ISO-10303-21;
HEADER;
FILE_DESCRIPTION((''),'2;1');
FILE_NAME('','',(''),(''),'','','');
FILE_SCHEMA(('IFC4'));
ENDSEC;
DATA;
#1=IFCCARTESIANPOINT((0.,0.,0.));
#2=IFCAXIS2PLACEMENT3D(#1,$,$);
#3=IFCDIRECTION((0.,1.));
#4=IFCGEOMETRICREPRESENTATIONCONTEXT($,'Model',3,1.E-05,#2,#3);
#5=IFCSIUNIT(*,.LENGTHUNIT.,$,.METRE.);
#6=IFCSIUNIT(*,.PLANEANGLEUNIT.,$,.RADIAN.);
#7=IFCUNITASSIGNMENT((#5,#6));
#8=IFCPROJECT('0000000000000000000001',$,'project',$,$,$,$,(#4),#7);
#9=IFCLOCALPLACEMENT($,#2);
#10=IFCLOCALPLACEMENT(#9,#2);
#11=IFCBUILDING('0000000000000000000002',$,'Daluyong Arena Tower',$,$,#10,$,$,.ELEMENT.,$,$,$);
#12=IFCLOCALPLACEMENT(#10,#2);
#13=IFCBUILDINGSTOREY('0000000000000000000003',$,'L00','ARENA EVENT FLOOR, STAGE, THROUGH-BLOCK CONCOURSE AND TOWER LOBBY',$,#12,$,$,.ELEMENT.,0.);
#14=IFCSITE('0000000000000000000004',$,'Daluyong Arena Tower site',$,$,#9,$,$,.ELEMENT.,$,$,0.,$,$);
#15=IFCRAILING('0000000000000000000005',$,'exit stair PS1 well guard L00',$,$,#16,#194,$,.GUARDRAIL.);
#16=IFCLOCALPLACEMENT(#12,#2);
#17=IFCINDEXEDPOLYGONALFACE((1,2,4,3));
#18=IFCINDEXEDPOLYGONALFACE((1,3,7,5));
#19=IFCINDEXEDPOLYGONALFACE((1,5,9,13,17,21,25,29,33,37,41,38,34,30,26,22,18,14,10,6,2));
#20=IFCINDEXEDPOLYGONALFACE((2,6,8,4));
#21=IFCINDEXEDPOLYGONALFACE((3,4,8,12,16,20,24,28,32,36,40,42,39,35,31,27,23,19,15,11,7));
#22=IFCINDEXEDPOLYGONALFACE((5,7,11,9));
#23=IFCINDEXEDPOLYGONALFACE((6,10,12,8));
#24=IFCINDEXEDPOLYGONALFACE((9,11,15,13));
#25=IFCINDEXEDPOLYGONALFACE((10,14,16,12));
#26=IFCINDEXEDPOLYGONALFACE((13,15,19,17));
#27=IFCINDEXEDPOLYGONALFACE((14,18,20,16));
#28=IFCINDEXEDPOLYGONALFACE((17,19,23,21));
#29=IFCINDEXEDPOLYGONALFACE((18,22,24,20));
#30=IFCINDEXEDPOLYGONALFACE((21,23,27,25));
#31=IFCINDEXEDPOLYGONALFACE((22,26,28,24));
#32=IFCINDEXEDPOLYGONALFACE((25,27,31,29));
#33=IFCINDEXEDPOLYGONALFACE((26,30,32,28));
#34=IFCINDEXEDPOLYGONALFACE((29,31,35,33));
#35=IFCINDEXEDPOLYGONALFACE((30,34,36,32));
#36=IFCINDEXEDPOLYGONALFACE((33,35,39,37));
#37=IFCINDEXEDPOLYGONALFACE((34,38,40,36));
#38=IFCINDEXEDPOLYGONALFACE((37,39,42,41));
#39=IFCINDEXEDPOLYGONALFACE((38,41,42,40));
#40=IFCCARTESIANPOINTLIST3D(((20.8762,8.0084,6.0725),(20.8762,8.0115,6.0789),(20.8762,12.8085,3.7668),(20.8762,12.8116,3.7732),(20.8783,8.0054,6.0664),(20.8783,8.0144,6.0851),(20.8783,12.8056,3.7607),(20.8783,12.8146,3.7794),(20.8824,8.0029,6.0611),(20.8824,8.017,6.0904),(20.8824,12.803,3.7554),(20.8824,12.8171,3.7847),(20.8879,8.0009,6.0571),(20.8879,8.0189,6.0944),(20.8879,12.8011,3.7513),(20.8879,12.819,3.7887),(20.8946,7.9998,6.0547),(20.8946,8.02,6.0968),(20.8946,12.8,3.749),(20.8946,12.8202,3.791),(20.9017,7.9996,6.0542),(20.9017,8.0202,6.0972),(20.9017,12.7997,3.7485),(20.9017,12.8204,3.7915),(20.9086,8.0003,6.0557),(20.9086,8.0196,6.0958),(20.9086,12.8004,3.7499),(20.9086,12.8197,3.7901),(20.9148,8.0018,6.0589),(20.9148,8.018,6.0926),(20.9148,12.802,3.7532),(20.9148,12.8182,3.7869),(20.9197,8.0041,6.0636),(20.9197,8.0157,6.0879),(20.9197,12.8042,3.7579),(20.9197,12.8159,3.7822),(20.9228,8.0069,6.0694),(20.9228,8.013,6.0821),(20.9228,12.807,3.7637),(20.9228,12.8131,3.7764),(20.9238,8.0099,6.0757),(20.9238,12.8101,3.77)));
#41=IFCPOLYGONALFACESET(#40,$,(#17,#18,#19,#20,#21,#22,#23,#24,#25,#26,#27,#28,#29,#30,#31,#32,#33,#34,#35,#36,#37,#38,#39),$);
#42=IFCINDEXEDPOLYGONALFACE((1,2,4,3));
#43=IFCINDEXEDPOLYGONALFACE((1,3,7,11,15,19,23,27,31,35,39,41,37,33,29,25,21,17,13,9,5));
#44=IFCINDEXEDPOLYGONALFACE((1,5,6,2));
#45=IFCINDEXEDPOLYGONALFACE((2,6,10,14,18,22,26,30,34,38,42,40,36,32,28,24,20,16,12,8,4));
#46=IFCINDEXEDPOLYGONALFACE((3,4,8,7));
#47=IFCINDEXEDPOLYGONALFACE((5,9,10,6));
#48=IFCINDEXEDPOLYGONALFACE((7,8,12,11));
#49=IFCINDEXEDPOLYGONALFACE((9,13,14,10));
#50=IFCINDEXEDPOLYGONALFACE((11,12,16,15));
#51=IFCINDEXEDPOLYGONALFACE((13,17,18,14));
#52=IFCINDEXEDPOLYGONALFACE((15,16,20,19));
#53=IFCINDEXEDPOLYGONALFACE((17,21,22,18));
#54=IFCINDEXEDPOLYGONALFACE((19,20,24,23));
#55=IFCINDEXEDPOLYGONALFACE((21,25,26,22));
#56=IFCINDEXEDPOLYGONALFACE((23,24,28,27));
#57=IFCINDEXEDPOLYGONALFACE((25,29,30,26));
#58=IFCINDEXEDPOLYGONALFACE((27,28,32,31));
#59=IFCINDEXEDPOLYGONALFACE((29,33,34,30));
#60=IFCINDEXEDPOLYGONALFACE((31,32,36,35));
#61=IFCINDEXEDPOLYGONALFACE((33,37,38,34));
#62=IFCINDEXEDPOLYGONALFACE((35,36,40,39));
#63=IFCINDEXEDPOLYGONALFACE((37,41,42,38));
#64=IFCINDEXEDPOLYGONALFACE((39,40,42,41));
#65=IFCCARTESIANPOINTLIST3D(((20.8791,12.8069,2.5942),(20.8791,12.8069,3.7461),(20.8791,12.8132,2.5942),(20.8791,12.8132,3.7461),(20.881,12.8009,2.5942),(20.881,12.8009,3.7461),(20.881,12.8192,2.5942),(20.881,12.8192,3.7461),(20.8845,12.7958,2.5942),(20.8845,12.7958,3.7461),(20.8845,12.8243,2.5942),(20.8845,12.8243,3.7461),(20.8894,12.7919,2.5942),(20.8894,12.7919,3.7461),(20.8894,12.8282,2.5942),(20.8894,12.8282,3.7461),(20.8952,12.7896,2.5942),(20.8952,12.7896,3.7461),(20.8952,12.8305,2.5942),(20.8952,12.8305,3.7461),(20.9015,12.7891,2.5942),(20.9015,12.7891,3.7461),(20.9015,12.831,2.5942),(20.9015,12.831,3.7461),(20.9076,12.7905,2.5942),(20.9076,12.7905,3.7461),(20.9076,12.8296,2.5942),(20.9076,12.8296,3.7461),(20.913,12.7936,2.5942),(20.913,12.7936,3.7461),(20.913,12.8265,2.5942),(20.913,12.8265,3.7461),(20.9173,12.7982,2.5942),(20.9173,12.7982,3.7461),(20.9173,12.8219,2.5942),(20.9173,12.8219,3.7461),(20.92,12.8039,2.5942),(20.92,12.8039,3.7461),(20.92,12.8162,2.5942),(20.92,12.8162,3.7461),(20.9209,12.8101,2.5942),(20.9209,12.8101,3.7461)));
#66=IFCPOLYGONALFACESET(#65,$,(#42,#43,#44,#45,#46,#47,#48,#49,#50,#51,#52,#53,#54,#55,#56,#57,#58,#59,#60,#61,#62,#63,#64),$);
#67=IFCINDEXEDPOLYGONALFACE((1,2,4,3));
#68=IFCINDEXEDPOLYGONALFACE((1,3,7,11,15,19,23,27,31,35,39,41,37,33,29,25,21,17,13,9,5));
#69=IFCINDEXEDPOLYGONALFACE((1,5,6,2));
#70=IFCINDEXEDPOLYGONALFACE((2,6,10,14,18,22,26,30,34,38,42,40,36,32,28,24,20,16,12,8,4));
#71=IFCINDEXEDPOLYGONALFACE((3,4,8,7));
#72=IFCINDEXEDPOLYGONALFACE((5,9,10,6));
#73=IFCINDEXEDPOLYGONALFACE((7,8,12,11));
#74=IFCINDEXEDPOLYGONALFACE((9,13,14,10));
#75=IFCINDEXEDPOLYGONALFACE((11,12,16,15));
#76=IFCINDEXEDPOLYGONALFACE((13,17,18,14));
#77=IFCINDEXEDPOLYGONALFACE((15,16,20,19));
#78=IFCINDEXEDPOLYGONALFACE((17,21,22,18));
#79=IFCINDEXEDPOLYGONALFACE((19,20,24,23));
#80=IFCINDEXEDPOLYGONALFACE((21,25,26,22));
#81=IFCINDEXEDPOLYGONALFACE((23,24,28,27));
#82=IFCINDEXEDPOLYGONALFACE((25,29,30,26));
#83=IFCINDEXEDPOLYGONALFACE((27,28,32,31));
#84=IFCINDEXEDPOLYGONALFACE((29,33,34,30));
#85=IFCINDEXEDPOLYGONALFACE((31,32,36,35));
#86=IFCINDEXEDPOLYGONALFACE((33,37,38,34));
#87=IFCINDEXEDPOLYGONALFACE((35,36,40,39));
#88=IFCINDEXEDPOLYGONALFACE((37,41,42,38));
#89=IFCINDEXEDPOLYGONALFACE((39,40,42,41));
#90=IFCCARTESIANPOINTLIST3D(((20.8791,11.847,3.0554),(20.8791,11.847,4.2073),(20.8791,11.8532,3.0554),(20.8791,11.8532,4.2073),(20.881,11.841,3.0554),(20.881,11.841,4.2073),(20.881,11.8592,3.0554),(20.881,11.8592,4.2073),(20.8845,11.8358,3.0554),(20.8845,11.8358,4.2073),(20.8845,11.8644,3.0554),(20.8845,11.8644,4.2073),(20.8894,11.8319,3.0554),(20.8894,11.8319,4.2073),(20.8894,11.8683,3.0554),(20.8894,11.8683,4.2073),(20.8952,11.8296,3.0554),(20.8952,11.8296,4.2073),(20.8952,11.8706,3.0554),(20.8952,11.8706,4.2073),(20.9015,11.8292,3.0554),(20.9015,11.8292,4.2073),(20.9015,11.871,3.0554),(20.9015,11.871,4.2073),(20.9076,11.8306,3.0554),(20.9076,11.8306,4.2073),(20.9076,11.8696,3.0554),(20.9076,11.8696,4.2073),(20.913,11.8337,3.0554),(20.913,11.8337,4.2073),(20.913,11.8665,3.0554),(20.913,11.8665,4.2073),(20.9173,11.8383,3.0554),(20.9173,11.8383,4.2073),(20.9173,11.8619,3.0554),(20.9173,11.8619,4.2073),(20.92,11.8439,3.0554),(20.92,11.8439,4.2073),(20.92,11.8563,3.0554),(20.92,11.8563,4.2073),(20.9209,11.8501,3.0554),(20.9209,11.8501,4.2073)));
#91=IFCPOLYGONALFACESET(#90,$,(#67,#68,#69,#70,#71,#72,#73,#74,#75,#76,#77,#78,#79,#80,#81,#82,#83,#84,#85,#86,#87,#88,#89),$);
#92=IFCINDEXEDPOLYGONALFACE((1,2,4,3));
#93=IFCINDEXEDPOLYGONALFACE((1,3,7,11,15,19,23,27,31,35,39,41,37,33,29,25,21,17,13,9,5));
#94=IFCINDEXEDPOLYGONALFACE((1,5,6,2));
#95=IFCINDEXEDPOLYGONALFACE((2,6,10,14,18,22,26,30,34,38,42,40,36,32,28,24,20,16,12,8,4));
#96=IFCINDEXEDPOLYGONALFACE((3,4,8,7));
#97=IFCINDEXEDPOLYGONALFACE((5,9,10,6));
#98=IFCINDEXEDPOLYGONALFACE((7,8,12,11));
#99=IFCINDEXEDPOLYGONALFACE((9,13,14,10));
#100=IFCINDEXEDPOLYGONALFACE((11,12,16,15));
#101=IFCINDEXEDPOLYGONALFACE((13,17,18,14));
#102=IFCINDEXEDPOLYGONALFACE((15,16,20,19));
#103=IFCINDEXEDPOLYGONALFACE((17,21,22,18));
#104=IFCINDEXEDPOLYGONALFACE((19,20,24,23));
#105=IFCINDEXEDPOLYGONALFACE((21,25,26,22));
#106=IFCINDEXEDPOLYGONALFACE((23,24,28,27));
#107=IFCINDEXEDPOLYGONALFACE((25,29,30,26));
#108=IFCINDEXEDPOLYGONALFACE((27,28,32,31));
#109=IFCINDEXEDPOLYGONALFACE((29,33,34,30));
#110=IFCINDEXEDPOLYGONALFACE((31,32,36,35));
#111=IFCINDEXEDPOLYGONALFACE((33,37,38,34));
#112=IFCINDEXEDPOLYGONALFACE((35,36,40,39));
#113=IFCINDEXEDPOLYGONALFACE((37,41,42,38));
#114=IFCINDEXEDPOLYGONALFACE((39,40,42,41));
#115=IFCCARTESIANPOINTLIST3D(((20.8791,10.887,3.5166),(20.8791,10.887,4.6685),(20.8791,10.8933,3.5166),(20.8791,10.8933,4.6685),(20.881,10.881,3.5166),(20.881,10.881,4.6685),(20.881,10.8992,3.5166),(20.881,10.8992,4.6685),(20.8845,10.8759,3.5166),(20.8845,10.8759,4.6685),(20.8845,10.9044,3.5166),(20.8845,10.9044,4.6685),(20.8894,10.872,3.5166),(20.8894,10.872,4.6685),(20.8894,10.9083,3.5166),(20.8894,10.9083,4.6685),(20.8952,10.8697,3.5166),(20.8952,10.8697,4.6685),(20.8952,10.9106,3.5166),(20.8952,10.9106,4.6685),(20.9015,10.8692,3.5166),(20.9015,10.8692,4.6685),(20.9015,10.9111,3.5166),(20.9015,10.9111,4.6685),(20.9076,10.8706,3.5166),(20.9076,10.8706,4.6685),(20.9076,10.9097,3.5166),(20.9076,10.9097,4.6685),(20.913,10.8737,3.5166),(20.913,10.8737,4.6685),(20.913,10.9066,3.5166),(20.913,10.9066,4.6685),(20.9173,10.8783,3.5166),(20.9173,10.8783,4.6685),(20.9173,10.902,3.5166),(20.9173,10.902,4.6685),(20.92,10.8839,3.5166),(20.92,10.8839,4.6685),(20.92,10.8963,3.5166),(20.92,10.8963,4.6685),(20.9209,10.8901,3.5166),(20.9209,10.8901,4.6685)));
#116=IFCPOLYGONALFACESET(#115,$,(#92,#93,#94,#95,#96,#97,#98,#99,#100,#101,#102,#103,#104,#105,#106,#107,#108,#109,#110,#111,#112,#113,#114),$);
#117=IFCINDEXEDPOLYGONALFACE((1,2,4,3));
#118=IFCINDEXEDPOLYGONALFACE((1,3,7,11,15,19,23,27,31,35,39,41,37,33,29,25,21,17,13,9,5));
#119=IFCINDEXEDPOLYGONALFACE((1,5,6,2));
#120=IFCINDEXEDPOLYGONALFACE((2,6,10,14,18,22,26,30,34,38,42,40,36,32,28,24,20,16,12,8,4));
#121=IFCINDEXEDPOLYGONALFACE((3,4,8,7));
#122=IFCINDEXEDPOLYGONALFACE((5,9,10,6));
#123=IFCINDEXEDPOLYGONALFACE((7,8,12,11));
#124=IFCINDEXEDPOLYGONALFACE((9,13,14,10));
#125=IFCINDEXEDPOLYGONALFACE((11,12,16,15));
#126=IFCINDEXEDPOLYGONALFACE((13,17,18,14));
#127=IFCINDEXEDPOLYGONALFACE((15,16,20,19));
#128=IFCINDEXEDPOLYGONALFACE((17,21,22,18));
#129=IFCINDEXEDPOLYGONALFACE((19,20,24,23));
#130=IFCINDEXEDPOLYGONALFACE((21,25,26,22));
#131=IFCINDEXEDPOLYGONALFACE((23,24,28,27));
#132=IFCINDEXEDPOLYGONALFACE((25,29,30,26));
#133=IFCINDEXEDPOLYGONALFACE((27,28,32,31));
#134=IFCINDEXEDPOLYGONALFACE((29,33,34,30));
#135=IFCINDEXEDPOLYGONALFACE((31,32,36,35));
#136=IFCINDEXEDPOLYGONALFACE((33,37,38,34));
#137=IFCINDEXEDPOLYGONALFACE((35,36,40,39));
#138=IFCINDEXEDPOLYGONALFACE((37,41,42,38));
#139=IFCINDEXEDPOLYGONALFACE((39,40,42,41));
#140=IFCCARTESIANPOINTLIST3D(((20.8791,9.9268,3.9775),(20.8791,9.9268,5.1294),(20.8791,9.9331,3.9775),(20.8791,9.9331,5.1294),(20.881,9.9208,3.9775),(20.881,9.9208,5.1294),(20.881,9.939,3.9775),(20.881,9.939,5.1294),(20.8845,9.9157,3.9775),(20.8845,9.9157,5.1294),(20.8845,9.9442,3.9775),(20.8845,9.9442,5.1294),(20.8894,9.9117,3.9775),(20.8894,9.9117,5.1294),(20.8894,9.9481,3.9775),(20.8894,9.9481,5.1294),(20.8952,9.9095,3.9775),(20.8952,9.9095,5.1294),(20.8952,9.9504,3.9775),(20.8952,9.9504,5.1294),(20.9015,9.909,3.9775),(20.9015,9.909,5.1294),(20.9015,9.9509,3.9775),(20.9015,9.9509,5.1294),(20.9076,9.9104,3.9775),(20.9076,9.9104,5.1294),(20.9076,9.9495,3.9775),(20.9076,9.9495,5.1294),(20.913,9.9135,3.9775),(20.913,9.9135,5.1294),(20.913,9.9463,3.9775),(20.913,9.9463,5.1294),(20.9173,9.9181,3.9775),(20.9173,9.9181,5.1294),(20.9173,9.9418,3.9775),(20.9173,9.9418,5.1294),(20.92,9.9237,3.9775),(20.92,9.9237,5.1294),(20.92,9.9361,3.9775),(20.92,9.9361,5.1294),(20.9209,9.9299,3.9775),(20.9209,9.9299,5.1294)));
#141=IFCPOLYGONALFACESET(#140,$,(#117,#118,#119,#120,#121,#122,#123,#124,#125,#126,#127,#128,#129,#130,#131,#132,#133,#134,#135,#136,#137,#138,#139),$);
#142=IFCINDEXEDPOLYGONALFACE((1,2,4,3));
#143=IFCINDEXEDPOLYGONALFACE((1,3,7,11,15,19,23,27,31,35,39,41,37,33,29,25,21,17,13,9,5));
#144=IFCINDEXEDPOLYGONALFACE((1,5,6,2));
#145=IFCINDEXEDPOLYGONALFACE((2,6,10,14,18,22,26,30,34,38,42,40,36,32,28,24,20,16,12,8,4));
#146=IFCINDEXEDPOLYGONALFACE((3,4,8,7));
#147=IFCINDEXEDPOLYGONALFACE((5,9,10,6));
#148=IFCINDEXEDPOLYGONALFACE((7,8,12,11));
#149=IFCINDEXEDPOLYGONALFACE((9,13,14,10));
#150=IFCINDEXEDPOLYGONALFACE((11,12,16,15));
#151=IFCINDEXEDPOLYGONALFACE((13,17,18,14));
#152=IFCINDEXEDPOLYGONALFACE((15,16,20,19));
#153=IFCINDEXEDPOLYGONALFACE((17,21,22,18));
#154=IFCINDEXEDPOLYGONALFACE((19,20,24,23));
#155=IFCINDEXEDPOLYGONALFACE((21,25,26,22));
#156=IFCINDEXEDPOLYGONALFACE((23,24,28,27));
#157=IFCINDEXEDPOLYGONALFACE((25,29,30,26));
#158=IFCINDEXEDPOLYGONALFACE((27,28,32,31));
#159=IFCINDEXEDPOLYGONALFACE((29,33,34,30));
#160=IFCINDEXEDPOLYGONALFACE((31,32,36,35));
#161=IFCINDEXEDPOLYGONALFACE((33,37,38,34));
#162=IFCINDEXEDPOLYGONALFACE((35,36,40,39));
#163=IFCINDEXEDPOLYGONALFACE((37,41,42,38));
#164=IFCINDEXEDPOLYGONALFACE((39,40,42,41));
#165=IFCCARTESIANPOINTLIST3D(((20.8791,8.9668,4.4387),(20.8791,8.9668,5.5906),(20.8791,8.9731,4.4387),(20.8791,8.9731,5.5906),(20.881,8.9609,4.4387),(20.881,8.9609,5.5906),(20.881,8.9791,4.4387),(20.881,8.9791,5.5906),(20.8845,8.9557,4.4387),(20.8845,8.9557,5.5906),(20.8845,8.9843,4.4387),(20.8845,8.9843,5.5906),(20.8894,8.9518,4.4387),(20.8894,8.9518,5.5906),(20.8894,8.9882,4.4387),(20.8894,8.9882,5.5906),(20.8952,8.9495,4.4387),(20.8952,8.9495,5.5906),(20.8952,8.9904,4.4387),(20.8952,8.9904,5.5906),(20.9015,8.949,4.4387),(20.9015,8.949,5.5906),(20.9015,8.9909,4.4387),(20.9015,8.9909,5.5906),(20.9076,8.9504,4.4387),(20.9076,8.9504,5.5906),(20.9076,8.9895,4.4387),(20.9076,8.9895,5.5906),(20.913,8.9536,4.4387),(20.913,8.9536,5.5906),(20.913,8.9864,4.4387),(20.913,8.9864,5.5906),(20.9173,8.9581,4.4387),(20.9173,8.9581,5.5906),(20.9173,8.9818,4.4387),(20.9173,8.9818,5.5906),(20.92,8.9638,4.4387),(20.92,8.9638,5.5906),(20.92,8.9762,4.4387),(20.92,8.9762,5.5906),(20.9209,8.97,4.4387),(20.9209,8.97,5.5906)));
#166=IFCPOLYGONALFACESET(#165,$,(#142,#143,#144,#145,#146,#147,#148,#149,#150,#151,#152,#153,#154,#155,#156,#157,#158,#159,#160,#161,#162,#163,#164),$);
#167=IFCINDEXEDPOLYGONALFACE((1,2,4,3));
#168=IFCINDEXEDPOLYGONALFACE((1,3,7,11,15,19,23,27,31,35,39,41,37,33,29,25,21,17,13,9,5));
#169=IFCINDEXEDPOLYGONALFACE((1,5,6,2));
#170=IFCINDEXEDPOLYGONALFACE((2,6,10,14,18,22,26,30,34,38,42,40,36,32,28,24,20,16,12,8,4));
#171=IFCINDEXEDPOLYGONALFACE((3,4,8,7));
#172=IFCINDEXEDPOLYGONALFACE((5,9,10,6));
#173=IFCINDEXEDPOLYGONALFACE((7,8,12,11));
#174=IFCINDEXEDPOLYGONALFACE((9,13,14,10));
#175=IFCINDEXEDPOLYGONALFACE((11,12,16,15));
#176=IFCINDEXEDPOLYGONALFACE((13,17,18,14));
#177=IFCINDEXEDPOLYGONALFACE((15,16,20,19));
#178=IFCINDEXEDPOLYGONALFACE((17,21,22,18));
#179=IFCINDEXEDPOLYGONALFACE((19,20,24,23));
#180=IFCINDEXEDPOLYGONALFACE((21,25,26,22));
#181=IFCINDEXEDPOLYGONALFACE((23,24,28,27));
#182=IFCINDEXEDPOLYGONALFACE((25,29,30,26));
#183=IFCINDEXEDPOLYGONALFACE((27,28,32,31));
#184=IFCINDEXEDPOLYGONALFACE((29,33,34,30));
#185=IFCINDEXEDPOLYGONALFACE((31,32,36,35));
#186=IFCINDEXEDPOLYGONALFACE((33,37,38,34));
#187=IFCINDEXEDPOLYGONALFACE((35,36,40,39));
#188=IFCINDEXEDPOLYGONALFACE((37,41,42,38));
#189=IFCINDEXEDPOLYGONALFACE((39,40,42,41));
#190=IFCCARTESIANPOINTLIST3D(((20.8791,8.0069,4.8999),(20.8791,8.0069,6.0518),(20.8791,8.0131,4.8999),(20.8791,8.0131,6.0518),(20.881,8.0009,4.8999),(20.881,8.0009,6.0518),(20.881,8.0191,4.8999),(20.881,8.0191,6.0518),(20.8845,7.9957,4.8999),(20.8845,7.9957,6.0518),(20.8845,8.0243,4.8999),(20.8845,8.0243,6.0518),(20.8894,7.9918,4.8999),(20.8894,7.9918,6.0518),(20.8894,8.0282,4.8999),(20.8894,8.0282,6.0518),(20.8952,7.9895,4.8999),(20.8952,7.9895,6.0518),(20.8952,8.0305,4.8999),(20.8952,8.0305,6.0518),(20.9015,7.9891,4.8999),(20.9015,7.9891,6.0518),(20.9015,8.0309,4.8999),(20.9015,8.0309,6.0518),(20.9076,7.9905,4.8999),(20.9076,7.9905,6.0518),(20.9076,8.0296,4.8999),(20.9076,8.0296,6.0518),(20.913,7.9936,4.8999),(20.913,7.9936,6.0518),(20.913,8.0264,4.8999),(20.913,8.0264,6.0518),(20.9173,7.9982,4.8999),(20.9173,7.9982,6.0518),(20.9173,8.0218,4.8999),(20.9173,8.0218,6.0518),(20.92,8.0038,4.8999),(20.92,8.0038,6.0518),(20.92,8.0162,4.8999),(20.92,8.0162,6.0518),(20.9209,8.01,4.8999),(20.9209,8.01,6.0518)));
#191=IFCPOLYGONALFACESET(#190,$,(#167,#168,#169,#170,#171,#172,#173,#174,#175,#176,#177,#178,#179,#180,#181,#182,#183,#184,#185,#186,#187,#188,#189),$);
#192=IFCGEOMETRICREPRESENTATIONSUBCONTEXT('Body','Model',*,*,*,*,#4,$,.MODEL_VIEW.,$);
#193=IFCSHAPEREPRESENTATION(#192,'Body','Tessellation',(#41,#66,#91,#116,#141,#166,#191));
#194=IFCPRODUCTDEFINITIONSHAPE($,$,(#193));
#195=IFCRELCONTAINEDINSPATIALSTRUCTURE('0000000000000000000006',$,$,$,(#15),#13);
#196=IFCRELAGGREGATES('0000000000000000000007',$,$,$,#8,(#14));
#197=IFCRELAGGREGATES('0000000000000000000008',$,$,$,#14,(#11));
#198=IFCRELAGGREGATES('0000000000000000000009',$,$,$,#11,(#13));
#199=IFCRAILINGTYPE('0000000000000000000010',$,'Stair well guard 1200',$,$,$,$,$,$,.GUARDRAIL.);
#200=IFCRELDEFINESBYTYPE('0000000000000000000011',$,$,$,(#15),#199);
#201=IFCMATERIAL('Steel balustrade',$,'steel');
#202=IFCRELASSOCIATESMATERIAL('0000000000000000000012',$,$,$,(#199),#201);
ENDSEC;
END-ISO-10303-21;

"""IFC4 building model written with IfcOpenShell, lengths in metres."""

from ifc_helpers import new_model, si_unit, direction, frame, origin, origin_2d, place, context, subcontext, project, spatial, circle, extrude, material, type_object, element, save


model = new_model("IFC4")

# Units and contexts
model_context = context("Model", 3, precision=1e-05, world=origin(), true_north=direction((0.0, 1.0)))
body_context = subcontext(model_context, "Body", "Model", "MODEL_VIEW")
ifc_project = project(units=[si_unit("LENGTHUNIT", "METRE"), si_unit("PLANEANGLEUNIT", "RADIAN")], contexts=[model_context])

# Site, building, storey
site_placement = place(None, origin())
site = spatial("IfcSite", under=ifc_project, at=site_placement, Name="Daluyong Arena Tower site", CompositionType="ELEMENT", RefElevation=0.0)
building_placement = place(site_placement, origin())
building = spatial("IfcBuilding", under=site, at=building_placement, Name="Daluyong Arena Tower", CompositionType="ELEMENT")
storey_placement = place(building_placement, origin())
storey = spatial("IfcBuildingStorey", under=building, at=storey_placement, Name="L00", Description="ARENA EVENT FLOOR, STAGE, THROUGH-BLOCK CONCOURSE AND TOWER LOBBY", CompositionType="ELEMENT", Elevation=0.0)

# Railing
ifc_material_1 = material(Name="Steel balustrade", Category="steel")
railing_type_1 = type_object("IfcRailingType", Name="Stair well guard 1200", PredefinedType="GUARDRAIL", material=ifc_material_1)
railing_1_placement = place(storey_placement, frame((20.8999, 12.8101, 2.5942)))
element("IfcRailing", 1, at=railing_1_placement, inside=storey, type_object=railing_type_1, Name="exit stair PS1 well guard L00", PredefinedType="GUARDRAIL", context=body_context, shape_type="SweptSolid", body=[
    extrude(circle(Radius=0.0239, at=origin_2d()), frame((0.0, 0.0, 1.1758), z_axis=(0.0, -0.901403, 0.432981), x_axis=(1.0, 0.0, 0.0)), (0.0, 0.0, 1.0), 5.3252),
    extrude(circle(Radius=0.021, at=origin_2d()), origin(), (0.0, 0.0, 1.0), 1.1519),
    extrude(circle(Radius=0.021, at=origin_2d()), frame((0.0, -0.96, 0.4612)), (0.0, 0.0, 1.0), 1.1519),
    extrude(circle(Radius=0.021, at=origin_2d()), frame((0.0, -1.9199, 0.9224)), (0.0, 0.0, 1.0), 1.1519),
    extrude(circle(Radius=0.021, at=origin_2d()), frame((0.0, -2.8801, 1.3833)), (0.0, 0.0, 1.0), 1.1519),
    extrude(circle(Radius=0.021, at=origin_2d()), frame((0.0, -3.8401, 1.8445)), (0.0, 0.0, 1.0), 1.1519),
    extrude(circle(Radius=0.021, at=origin_2d()), frame((0.0, -4.8, 2.3057)), (0.0, 0.0, 1.0), 1.1519),
])

save(model, "model.ifc")
